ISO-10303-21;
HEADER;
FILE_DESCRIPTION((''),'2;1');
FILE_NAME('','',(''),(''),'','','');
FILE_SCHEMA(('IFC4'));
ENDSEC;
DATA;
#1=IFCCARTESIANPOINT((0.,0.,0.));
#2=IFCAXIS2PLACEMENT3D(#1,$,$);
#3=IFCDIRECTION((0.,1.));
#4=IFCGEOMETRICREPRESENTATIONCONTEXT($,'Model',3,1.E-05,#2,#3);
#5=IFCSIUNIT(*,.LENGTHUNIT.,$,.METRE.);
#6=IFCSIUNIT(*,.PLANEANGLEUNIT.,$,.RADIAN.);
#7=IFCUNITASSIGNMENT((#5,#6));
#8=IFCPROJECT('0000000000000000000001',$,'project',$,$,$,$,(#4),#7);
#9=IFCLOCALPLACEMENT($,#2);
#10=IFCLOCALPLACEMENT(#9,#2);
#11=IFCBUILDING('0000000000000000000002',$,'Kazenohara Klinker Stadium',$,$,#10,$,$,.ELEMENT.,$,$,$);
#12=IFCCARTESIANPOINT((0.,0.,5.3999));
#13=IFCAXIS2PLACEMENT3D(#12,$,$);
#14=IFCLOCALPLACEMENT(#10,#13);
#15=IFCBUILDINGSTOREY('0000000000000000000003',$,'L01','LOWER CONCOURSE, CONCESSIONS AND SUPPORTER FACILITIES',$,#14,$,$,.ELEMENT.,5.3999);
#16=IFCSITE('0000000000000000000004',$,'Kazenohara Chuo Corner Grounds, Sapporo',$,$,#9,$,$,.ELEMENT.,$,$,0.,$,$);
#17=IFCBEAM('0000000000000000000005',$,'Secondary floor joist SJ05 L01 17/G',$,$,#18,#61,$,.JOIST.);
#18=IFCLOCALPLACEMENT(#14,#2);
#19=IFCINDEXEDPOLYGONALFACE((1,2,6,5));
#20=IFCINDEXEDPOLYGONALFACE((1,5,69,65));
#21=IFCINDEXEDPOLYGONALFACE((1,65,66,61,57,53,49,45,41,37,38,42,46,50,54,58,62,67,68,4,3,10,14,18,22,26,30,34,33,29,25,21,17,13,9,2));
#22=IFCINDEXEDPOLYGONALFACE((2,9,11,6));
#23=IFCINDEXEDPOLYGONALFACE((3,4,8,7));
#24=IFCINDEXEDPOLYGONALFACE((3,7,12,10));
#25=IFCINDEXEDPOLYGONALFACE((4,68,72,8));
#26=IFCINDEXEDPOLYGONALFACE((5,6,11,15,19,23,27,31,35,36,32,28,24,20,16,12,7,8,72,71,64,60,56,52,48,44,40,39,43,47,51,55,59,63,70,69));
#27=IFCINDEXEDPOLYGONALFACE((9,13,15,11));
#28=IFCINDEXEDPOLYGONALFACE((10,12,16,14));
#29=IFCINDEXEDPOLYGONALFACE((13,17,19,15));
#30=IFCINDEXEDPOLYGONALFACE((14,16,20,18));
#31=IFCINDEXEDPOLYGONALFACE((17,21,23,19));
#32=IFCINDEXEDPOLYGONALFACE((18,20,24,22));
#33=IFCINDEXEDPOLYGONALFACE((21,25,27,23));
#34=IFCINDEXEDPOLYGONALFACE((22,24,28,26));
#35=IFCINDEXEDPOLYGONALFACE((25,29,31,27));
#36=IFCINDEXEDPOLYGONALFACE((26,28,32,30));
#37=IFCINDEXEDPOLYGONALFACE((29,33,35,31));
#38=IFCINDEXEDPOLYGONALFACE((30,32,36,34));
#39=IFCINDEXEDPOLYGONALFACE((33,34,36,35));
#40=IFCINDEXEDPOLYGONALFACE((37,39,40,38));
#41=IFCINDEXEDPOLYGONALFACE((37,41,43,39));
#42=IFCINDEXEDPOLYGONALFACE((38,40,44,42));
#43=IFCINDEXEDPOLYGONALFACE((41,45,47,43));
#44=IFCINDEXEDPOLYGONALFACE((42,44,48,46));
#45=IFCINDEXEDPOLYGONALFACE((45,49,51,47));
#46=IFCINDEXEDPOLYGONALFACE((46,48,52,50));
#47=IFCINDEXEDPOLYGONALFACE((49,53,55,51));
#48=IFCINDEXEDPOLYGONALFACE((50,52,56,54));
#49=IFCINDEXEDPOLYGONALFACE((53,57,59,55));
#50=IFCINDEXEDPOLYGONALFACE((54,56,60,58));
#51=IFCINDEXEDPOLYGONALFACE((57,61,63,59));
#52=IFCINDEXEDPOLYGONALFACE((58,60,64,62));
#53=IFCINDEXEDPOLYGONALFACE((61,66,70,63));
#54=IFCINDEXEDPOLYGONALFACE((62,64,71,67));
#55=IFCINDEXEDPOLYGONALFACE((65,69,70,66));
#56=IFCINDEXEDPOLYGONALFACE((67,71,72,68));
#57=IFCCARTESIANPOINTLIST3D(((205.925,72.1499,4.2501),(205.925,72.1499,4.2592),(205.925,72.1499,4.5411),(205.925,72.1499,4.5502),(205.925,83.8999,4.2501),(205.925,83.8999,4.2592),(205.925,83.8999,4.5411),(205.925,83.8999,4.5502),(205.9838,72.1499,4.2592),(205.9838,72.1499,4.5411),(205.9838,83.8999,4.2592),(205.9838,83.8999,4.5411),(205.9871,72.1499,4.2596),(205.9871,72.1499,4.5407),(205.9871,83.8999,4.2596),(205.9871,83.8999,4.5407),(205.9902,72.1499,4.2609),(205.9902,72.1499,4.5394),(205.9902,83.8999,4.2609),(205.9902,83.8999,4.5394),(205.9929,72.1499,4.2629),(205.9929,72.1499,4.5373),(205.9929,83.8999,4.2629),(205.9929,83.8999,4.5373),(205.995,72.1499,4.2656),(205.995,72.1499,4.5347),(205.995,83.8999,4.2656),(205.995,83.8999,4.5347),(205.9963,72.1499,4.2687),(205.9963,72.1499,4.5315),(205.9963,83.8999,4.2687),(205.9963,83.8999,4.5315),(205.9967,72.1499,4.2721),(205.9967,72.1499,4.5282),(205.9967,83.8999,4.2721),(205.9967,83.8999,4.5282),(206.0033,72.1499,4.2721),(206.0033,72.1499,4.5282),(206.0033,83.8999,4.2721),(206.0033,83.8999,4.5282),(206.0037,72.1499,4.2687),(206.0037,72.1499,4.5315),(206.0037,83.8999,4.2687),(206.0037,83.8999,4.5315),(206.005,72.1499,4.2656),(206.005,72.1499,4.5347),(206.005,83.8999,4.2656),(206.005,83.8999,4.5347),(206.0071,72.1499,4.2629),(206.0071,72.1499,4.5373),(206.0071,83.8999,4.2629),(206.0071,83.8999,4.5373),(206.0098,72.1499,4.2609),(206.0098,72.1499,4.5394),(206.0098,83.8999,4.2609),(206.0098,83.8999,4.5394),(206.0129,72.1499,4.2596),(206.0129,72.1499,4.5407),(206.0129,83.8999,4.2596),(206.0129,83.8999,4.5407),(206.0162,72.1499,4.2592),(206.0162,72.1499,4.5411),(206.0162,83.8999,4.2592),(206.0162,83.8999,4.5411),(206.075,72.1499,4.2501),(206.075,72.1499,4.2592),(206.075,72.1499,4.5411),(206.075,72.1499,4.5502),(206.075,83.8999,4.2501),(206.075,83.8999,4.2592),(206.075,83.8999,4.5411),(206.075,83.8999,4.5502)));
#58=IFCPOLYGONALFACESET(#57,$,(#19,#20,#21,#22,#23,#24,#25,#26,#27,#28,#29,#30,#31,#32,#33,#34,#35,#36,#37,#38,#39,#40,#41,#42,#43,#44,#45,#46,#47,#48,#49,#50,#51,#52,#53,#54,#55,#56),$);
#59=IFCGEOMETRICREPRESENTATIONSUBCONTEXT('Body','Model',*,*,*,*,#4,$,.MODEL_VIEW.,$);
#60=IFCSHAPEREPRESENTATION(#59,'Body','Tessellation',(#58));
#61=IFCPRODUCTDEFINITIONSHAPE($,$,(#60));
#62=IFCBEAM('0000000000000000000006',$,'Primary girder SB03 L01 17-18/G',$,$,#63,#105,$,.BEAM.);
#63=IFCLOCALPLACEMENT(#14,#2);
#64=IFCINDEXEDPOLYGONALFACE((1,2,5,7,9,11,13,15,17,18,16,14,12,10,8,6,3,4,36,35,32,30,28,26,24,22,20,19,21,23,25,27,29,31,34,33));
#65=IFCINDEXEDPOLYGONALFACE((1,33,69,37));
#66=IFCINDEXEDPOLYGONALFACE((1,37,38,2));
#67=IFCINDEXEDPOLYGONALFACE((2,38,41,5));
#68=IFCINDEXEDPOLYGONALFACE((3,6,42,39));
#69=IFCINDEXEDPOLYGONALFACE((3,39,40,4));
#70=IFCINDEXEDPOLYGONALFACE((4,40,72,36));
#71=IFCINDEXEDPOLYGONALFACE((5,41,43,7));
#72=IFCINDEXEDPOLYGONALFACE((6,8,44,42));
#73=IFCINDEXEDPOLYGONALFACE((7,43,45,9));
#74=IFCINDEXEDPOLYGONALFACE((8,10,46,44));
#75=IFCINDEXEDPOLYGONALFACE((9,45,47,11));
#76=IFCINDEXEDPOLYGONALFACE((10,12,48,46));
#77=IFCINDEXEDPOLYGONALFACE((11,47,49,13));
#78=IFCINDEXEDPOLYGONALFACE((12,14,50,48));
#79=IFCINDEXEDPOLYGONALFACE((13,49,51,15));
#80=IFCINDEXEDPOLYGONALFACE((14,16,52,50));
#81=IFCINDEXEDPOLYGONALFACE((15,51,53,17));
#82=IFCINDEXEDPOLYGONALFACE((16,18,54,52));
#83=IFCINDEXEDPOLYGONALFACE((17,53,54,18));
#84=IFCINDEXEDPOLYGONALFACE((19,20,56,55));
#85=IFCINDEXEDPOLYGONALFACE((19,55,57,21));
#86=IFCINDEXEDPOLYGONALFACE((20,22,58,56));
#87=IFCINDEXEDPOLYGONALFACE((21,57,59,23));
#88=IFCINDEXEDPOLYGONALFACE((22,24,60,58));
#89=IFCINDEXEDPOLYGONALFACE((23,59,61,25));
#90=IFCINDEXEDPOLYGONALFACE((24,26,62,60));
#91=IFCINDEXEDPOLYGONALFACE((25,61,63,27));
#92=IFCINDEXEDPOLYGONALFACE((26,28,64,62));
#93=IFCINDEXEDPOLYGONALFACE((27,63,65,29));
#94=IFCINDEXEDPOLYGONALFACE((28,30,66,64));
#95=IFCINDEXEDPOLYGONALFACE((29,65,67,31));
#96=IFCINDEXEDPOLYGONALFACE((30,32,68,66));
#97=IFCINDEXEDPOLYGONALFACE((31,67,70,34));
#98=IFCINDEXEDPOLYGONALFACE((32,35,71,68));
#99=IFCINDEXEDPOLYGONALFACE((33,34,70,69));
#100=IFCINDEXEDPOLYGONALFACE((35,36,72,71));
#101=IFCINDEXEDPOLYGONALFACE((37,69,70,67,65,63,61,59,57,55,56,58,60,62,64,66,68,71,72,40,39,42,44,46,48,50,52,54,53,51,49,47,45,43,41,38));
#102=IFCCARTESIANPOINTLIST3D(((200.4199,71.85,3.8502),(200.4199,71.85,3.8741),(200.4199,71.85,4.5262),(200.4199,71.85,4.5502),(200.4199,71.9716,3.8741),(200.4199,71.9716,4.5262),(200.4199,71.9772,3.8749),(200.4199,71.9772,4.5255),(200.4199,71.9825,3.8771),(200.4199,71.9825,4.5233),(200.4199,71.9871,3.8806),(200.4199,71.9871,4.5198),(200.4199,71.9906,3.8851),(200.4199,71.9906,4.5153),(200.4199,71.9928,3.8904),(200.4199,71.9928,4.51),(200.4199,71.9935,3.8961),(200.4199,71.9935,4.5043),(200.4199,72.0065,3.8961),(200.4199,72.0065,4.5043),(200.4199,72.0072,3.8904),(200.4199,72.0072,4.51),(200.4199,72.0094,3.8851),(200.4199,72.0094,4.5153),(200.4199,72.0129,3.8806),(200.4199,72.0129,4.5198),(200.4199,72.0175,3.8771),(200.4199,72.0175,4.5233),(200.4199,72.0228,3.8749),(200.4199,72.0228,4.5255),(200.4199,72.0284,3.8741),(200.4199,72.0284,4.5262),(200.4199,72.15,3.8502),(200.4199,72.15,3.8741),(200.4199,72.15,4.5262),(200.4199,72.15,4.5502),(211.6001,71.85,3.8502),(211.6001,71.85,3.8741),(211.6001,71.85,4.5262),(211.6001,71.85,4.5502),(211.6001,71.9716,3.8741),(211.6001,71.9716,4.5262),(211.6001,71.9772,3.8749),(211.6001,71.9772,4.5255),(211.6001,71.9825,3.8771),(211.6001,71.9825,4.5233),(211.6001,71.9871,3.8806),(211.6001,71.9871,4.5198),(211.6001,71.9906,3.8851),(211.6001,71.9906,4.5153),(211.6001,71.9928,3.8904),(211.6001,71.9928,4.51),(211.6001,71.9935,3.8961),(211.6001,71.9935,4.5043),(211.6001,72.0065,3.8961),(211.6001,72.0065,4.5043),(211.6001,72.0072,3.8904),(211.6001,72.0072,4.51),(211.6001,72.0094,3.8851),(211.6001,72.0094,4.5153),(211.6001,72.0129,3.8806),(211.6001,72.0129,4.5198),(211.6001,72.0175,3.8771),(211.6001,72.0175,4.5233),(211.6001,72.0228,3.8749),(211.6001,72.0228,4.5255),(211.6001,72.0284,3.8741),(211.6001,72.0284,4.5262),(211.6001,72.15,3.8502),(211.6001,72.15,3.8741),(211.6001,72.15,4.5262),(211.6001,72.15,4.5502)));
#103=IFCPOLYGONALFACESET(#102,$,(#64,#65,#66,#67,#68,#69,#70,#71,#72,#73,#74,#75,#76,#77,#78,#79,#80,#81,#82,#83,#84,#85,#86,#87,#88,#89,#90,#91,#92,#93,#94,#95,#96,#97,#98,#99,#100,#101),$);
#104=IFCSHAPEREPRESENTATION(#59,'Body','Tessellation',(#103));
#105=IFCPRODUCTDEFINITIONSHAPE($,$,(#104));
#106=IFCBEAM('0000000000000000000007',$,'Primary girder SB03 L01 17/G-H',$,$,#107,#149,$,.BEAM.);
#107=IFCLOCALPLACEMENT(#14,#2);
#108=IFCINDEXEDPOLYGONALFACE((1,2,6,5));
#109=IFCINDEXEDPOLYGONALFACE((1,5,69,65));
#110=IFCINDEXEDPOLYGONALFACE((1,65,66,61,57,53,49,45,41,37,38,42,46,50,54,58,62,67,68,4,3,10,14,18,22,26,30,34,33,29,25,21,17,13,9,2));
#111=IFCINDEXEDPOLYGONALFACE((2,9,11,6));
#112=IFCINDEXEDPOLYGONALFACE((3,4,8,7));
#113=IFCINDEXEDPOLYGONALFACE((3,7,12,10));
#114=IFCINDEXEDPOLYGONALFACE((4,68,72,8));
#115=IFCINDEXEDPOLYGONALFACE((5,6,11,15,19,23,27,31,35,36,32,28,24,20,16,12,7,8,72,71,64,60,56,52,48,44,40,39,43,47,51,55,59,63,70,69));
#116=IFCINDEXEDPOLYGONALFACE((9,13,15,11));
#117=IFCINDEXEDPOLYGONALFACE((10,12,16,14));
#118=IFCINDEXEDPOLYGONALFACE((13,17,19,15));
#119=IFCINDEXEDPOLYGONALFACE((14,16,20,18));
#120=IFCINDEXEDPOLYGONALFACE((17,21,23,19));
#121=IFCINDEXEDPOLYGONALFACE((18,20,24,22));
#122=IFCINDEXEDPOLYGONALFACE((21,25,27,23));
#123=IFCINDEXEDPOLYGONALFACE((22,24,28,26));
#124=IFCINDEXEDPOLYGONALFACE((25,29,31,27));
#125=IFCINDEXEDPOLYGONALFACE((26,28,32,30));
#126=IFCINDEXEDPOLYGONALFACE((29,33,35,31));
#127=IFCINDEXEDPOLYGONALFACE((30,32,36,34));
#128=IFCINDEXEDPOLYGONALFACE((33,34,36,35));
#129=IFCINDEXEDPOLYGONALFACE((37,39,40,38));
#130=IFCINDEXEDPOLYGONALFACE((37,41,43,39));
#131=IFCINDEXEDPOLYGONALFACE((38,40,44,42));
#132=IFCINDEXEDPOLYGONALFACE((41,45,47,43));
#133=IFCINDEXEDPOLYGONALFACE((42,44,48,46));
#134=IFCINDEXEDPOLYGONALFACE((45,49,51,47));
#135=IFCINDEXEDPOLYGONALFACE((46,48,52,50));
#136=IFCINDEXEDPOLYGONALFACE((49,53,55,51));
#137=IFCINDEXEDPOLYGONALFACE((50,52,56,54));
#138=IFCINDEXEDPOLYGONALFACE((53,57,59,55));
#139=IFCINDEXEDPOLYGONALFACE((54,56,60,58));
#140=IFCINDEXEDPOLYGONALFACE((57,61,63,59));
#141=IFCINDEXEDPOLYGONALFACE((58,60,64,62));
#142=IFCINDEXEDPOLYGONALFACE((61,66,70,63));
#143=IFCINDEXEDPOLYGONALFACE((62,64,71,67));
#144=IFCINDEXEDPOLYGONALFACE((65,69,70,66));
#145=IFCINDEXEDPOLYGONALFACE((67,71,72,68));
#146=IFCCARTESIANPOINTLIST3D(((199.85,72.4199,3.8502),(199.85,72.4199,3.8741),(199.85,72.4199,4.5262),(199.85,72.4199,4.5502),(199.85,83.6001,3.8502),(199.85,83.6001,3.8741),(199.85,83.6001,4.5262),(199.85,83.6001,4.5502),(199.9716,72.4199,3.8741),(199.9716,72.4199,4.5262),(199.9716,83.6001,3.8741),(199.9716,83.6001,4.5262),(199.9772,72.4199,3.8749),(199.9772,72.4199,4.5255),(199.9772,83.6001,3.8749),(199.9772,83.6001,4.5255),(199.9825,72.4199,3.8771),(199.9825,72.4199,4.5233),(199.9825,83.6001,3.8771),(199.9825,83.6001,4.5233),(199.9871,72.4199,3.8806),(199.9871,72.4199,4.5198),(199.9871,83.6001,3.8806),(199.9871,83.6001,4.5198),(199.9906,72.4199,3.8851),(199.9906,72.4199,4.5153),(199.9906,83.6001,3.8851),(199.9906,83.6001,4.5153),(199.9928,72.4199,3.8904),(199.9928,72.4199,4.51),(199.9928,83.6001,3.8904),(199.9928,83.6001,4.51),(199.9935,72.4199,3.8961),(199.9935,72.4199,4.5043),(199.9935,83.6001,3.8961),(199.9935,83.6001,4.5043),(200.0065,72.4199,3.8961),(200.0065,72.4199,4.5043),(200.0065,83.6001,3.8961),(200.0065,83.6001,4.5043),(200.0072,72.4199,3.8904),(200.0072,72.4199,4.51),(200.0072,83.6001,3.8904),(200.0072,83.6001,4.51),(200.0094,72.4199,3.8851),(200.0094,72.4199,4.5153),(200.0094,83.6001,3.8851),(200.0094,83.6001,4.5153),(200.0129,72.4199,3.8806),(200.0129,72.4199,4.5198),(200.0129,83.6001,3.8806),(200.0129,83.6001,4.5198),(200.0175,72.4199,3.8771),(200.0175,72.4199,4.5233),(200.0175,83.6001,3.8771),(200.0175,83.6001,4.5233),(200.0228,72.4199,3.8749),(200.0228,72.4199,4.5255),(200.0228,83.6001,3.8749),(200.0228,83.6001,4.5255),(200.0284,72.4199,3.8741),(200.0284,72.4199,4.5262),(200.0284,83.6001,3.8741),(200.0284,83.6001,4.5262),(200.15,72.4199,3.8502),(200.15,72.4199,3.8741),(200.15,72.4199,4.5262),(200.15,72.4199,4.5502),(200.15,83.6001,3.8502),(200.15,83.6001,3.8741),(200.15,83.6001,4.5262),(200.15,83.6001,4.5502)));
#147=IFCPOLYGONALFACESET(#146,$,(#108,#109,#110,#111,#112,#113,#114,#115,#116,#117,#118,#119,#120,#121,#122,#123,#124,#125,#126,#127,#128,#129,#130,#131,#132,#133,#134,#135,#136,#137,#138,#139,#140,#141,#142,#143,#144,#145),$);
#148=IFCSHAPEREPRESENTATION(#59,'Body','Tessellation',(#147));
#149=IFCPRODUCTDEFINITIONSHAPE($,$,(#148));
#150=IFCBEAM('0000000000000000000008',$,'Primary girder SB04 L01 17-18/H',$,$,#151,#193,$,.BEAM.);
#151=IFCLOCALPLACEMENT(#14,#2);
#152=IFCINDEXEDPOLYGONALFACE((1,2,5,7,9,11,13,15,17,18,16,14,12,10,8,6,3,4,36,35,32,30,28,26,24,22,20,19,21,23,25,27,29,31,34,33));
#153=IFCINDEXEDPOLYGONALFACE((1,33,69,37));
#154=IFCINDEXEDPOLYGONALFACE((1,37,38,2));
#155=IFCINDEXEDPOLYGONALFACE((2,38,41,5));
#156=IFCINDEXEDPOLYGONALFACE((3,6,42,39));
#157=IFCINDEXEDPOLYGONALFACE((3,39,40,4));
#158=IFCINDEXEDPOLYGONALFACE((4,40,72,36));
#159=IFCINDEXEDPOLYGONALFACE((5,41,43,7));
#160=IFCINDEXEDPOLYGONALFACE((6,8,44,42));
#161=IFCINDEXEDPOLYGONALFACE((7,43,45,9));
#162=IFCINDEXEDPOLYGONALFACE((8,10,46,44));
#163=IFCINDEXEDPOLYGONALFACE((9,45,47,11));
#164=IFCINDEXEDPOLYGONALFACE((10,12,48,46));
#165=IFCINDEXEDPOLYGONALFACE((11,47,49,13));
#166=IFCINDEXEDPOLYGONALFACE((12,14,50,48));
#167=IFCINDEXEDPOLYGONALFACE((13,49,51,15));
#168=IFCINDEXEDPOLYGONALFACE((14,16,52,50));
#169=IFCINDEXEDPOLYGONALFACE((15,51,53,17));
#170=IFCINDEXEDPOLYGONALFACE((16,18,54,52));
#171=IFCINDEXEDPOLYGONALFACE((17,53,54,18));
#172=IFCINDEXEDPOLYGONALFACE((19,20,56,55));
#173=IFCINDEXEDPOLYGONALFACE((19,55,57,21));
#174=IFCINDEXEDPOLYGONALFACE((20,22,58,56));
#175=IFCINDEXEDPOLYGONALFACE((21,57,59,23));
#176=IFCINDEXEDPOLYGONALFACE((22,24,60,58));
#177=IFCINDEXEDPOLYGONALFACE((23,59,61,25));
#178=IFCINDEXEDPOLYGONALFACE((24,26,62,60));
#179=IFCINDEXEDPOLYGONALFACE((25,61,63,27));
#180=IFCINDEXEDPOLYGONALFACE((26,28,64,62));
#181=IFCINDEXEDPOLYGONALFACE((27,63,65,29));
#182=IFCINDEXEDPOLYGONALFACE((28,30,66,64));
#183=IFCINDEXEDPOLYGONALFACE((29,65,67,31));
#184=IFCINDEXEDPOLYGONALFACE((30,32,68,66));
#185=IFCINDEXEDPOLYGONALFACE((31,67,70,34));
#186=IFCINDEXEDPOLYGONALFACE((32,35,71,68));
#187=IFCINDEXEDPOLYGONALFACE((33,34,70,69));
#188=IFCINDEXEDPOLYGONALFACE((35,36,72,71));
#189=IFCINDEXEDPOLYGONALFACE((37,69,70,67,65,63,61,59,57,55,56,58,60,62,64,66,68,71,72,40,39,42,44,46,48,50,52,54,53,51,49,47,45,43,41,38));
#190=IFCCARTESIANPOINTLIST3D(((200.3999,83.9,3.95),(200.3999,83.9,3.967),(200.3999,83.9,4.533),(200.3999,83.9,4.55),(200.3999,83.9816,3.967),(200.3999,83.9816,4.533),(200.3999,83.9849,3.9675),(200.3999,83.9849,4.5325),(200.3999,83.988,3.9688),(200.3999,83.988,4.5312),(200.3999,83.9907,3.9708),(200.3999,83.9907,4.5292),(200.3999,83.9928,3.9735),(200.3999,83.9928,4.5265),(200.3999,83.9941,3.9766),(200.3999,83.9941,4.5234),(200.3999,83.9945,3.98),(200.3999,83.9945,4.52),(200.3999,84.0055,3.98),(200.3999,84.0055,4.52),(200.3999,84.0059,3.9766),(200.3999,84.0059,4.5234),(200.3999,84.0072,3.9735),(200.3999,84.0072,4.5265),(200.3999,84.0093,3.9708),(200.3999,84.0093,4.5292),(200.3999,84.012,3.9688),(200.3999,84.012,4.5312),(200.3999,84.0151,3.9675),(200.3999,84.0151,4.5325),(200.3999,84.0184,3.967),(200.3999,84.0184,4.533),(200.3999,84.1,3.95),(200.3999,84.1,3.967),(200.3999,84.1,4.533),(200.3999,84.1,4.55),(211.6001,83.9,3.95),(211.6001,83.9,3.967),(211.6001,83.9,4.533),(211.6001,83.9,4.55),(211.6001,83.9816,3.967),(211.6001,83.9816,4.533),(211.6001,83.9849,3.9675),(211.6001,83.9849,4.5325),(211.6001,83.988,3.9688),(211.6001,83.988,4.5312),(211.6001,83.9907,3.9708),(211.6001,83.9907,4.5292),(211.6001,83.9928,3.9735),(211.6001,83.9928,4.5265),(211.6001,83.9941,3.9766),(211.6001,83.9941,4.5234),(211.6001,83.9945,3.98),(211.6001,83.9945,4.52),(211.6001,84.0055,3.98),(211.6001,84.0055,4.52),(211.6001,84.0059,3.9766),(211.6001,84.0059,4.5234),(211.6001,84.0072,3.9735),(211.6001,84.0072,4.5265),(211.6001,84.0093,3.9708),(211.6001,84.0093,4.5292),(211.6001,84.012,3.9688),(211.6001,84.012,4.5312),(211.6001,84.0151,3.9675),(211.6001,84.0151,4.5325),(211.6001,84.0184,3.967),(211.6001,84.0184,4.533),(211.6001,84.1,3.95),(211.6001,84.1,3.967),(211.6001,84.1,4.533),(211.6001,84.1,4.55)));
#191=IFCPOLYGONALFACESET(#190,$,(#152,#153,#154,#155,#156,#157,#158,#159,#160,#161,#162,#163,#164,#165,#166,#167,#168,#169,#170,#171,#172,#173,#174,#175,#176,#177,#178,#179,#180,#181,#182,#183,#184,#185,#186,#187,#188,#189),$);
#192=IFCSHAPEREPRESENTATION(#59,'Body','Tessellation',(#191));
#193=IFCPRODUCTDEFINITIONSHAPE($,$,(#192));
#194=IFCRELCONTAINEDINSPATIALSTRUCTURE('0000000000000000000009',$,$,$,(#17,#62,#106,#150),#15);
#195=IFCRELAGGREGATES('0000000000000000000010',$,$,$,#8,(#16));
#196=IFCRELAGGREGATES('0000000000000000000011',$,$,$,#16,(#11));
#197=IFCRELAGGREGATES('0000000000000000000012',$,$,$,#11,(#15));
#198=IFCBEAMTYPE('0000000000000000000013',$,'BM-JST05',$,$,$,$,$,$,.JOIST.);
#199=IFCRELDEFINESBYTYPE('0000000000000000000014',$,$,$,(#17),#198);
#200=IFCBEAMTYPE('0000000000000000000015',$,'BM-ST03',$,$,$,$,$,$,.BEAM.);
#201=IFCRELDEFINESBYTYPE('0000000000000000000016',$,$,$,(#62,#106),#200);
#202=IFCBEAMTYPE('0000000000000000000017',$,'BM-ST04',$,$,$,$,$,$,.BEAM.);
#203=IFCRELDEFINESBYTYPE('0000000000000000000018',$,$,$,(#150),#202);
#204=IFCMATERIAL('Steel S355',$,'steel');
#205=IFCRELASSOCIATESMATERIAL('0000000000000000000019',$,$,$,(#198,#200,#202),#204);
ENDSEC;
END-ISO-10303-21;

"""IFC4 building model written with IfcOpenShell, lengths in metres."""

from ifc_helpers import new_model, si_unit, direction, frame, origin, origin_2d, place, context, subcontext, project, spatial, i_section, extrude, material, material_profile, profile_set, type_object, element, save


model = new_model("IFC4")

# Units and contexts
model_context = context("Model", 3, precision=1e-05, world=origin(), true_north=direction((0.0, 1.0)))
body_context = subcontext(model_context, "Body", "Model", "MODEL_VIEW")
ifc_project = project(units=[si_unit("LENGTHUNIT", "METRE"), si_unit("PLANEANGLEUNIT", "RADIAN")], contexts=[model_context])

# Site, building, storey
site_placement = place(None, origin())
site = spatial("IfcSite", under=ifc_project, at=site_placement, Name="Kazenohara Chuo Corner Grounds, Sapporo", CompositionType="ELEMENT", RefElevation=0.0)
building_placement = place(site_placement, origin())
building = spatial("IfcBuilding", under=site, at=building_placement, Name="Kazenohara Klinker Stadium", CompositionType="ELEMENT")
storey_placement = place(building_placement, frame((0.0, 0.0, 5.3999)))
storey = spatial("IfcBuildingStorey", under=building, at=storey_placement, Name="L01", Description="LOWER CONCOURSE, CONCESSIONS AND SUPPORTER FACILITIES", CompositionType="ELEMENT", Elevation=5.3999)

# Beams
ifc_material_1 = material(Name="Steel S355", Category="steel")
ifc_material_profile_1 = material_profile(ifc_material_1, i_section(OverallWidth=0.1499, OverallDepth=0.3, WebThickness=0.0066, FlangeThickness=0.009, FilletRadius=0.0129, at=origin_2d()), Name="H-300x150x6.5x9")
ifc_profile_set_1 = profile_set([ifc_material_profile_1], Name="Steel S355")
beam_type_1 = type_object("IfcBeamType", Name="BM-JST05", PredefinedType="JOIST", material=ifc_profile_set_1)
for number, where, z_axis, x_axis, name in (
    (1, (206.0, 72.1499, 4.4001), (0.0, 1.0, 0.0), (-1.0, 0.0, 0.0), "Secondary floor joist SJ05 L01 17/G"),
):
    element("IfcBeam", number, at=place(storey_placement, frame(where, z_axis=z_axis, x_axis=x_axis)), inside=storey, type_object=beam_type_1, Name=name, PredefinedType="JOIST", context=body_context, shape_type="SweptSolid", body=[
        extrude(i_section(OverallWidth=0.1499, OverallDepth=0.3, WebThickness=0.0066, FlangeThickness=0.009, FilletRadius=0.0129, at=origin_2d()), origin(), (0.0, 0.0, 1.0), 11.75),
    ])
ifc_material_profile_2 = material_profile(ifc_material_1, i_section(OverallWidth=0.3, OverallDepth=0.7, WebThickness=0.0129, FlangeThickness=0.0239, FilletRadius=0.022, at=origin_2d()), Name="H-700x300x13x24")
ifc_profile_set_2 = profile_set([ifc_material_profile_2], Name="Steel S355")
beam_type_2 = type_object("IfcBeamType", Name="BM-ST03", PredefinedType="BEAM", material=ifc_profile_set_2)
for number, where, z_axis, x_axis, name in (
    (2, (200.4199, 72.0, 4.2002), (1.0, 0.0, 0.0), (0.0, 1.0, 0.0), "Primary girder SB03 L01 17-18/G"),
    (3, (200.0, 72.4199, 4.2002), (0.0, 1.0, 0.0), (-1.0, 0.0, 0.0), "Primary girder SB03 L01 17/G-H"),
):
    element("IfcBeam", number, at=place(storey_placement, frame(where, z_axis=z_axis, x_axis=x_axis)), inside=storey, type_object=beam_type_2, Name=name, PredefinedType="BEAM", context=body_context, shape_type="SweptSolid", body=[
        extrude(i_section(OverallWidth=0.3, OverallDepth=0.7, WebThickness=0.0129, FlangeThickness=0.0239, FilletRadius=0.022, at=origin_2d()), origin(), (0.0, 0.0, 1.0), 11.1802),
    ])
ifc_material_profile_3 = material_profile(ifc_material_1, i_section(OverallWidth=0.2, OverallDepth=0.6001, WebThickness=0.011, FlangeThickness=0.0171, FilletRadius=0.0129, at=origin_2d()), Name="H-600x200x11x17")
ifc_profile_set_3 = profile_set([ifc_material_profile_3], Name="Steel S355")
beam_type_3 = type_object("IfcBeamType", Name="BM-ST04", PredefinedType="BEAM", material=ifc_profile_set_3)
beam_1_placement = place(storey_placement, frame((200.3999, 84.0, 4.25), z_axis=(1.0, 0.0, 0.0), x_axis=(0.0, 1.0, 0.0)))
element("IfcBeam", 4, at=beam_1_placement, inside=storey, type_object=beam_type_3, Name="Primary girder SB04 L01 17-18/H", PredefinedType="BEAM", context=body_context, shape_type="SweptSolid", body=[
    extrude(i_section(OverallWidth=0.2, OverallDepth=0.6001, WebThickness=0.011, FlangeThickness=0.0171, FilletRadius=0.0129, at=origin_2d()), origin(), (0.0, 0.0, 1.0), 11.2002),
])

save(model, "model.ifc")
